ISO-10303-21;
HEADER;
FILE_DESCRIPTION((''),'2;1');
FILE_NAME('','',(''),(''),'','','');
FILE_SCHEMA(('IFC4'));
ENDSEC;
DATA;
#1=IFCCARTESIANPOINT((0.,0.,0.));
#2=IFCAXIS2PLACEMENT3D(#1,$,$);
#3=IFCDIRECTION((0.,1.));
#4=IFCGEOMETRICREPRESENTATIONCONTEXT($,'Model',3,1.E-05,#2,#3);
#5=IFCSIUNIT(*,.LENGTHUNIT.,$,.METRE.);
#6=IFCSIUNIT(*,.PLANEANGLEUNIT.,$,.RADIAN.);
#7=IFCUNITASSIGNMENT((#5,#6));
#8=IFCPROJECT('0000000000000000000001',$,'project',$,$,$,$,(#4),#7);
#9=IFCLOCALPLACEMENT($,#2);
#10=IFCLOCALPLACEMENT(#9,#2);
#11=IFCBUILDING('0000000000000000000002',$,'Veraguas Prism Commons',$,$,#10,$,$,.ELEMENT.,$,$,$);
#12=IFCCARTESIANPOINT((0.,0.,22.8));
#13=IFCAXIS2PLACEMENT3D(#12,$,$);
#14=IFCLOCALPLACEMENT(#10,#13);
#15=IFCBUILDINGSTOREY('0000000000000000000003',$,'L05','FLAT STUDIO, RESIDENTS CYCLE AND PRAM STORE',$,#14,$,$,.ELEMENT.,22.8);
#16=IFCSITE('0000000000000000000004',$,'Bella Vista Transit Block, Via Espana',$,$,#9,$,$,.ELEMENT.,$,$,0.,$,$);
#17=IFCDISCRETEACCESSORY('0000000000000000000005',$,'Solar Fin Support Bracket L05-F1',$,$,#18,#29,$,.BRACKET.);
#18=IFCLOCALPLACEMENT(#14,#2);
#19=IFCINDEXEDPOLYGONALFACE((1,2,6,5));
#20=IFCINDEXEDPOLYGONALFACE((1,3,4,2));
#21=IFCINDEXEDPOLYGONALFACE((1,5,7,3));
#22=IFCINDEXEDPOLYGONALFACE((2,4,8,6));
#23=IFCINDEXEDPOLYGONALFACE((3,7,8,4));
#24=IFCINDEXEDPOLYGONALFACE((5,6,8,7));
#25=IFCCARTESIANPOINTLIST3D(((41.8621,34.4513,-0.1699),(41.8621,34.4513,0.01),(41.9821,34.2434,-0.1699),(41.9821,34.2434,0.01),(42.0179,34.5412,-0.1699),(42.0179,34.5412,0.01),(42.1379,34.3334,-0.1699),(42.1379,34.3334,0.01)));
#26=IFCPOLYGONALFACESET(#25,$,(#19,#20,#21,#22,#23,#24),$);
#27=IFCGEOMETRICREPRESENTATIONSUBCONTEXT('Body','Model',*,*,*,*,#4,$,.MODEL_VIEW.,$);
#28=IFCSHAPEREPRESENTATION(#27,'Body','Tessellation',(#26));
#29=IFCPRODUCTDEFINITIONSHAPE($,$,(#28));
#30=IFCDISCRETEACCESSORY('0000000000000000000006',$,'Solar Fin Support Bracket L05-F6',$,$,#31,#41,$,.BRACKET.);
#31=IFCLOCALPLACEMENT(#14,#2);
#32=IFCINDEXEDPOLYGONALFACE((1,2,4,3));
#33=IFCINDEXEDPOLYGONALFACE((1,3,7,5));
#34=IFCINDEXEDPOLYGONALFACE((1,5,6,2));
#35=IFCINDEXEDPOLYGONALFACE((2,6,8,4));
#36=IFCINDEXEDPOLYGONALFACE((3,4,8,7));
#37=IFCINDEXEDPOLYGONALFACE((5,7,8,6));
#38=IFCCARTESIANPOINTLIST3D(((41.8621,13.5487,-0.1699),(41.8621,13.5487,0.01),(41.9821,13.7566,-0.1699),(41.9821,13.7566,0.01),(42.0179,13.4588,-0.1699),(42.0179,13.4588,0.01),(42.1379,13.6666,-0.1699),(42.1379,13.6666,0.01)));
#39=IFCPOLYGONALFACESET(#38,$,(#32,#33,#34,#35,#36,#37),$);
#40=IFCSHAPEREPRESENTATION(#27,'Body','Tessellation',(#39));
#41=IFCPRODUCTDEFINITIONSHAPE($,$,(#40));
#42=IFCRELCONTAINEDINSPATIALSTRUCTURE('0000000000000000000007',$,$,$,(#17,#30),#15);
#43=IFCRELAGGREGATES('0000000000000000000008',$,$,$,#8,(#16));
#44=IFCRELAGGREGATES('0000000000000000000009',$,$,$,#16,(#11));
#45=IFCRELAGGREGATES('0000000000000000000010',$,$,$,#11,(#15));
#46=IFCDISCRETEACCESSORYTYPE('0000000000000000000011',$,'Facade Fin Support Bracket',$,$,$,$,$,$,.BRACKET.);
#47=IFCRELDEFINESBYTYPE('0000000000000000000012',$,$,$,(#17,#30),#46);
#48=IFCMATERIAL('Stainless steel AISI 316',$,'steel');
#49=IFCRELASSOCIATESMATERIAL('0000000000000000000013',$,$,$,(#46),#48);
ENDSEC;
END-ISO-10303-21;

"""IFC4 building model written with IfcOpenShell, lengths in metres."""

from ifc_helpers import new_model, si_unit, direction, frame, origin, origin_2d, place, context, subcontext, project, spatial, rectangle, extrude, source, transform, mapped, material, type_object, element, save


model = new_model("IFC4")

# Units and contexts
model_context = context("Model", 3, precision=1e-05, world=origin(), true_north=direction((0.0, 1.0)))
body_context = subcontext(model_context, "Body", "Model", "MODEL_VIEW")
ifc_project = project(units=[si_unit("LENGTHUNIT", "METRE"), si_unit("PLANEANGLEUNIT", "RADIAN")], contexts=[model_context])

# Site, building, storey
site_placement = place(None, origin())
site = spatial("IfcSite", under=ifc_project, at=site_placement, Name="Bella Vista Transit Block, Via Espana", CompositionType="ELEMENT", RefElevation=0.0)
building_placement = place(site_placement, origin())
building = spatial("IfcBuilding", under=site, at=building_placement, Name="Veraguas Prism Commons", CompositionType="ELEMENT")
storey_placement = place(building_placement, frame((0.0, 0.0, 22.8)))
storey = spatial("IfcBuildingStorey", under=building, at=storey_placement, Name="L05", Description="FLAT STUDIO, RESIDENTS CYCLE AND PRAM STORE", CompositionType="ELEMENT", Elevation=22.8)

# Shared definitions
ifc_material_1 = material(Name="Stainless steel AISI 316", Category="steel")

# Discrete accessories
discrete_accessory_type = type_object("IfcDiscreteAccessoryType", Name="Facade Fin Support Bracket", PredefinedType="BRACKET", material=ifc_material_1)
shared_shape_1 = source(origin(), body_context, "Body", "SweptSolid", [
    extrude(rectangle(XDim=0.24, YDim=0.1799, at=origin_2d()), origin(), (0.0, 0.0, 1.0), 0.1799),
])
for number, where, z_axis, x_axis, name in (
    (1, (42.0, 34.3923, -0.1699), (0.0, 0.0, 1.0), (-0.500003, 0.866024, 0.0), "Solar Fin Support Bracket L05-F1"),
    (2, (42.0, 13.6077, -0.1699), (0.0, 0.0, 1.0), (0.500003, 0.866024, 0.0), "Solar Fin Support Bracket L05-F6"),
):
    element("IfcDiscreteAccessory", number, at=place(storey_placement, frame(where, z_axis=z_axis, x_axis=x_axis)), inside=storey, type_object=discrete_accessory_type, Name=name, PredefinedType="BRACKET", context=body_context, shape_type="MappedRepresentation", body=[
        mapped(shared_shape_1, transform((0.0, 0.0, 0.0), scale=1.0)),
    ])

save(model, "model.ifc")
